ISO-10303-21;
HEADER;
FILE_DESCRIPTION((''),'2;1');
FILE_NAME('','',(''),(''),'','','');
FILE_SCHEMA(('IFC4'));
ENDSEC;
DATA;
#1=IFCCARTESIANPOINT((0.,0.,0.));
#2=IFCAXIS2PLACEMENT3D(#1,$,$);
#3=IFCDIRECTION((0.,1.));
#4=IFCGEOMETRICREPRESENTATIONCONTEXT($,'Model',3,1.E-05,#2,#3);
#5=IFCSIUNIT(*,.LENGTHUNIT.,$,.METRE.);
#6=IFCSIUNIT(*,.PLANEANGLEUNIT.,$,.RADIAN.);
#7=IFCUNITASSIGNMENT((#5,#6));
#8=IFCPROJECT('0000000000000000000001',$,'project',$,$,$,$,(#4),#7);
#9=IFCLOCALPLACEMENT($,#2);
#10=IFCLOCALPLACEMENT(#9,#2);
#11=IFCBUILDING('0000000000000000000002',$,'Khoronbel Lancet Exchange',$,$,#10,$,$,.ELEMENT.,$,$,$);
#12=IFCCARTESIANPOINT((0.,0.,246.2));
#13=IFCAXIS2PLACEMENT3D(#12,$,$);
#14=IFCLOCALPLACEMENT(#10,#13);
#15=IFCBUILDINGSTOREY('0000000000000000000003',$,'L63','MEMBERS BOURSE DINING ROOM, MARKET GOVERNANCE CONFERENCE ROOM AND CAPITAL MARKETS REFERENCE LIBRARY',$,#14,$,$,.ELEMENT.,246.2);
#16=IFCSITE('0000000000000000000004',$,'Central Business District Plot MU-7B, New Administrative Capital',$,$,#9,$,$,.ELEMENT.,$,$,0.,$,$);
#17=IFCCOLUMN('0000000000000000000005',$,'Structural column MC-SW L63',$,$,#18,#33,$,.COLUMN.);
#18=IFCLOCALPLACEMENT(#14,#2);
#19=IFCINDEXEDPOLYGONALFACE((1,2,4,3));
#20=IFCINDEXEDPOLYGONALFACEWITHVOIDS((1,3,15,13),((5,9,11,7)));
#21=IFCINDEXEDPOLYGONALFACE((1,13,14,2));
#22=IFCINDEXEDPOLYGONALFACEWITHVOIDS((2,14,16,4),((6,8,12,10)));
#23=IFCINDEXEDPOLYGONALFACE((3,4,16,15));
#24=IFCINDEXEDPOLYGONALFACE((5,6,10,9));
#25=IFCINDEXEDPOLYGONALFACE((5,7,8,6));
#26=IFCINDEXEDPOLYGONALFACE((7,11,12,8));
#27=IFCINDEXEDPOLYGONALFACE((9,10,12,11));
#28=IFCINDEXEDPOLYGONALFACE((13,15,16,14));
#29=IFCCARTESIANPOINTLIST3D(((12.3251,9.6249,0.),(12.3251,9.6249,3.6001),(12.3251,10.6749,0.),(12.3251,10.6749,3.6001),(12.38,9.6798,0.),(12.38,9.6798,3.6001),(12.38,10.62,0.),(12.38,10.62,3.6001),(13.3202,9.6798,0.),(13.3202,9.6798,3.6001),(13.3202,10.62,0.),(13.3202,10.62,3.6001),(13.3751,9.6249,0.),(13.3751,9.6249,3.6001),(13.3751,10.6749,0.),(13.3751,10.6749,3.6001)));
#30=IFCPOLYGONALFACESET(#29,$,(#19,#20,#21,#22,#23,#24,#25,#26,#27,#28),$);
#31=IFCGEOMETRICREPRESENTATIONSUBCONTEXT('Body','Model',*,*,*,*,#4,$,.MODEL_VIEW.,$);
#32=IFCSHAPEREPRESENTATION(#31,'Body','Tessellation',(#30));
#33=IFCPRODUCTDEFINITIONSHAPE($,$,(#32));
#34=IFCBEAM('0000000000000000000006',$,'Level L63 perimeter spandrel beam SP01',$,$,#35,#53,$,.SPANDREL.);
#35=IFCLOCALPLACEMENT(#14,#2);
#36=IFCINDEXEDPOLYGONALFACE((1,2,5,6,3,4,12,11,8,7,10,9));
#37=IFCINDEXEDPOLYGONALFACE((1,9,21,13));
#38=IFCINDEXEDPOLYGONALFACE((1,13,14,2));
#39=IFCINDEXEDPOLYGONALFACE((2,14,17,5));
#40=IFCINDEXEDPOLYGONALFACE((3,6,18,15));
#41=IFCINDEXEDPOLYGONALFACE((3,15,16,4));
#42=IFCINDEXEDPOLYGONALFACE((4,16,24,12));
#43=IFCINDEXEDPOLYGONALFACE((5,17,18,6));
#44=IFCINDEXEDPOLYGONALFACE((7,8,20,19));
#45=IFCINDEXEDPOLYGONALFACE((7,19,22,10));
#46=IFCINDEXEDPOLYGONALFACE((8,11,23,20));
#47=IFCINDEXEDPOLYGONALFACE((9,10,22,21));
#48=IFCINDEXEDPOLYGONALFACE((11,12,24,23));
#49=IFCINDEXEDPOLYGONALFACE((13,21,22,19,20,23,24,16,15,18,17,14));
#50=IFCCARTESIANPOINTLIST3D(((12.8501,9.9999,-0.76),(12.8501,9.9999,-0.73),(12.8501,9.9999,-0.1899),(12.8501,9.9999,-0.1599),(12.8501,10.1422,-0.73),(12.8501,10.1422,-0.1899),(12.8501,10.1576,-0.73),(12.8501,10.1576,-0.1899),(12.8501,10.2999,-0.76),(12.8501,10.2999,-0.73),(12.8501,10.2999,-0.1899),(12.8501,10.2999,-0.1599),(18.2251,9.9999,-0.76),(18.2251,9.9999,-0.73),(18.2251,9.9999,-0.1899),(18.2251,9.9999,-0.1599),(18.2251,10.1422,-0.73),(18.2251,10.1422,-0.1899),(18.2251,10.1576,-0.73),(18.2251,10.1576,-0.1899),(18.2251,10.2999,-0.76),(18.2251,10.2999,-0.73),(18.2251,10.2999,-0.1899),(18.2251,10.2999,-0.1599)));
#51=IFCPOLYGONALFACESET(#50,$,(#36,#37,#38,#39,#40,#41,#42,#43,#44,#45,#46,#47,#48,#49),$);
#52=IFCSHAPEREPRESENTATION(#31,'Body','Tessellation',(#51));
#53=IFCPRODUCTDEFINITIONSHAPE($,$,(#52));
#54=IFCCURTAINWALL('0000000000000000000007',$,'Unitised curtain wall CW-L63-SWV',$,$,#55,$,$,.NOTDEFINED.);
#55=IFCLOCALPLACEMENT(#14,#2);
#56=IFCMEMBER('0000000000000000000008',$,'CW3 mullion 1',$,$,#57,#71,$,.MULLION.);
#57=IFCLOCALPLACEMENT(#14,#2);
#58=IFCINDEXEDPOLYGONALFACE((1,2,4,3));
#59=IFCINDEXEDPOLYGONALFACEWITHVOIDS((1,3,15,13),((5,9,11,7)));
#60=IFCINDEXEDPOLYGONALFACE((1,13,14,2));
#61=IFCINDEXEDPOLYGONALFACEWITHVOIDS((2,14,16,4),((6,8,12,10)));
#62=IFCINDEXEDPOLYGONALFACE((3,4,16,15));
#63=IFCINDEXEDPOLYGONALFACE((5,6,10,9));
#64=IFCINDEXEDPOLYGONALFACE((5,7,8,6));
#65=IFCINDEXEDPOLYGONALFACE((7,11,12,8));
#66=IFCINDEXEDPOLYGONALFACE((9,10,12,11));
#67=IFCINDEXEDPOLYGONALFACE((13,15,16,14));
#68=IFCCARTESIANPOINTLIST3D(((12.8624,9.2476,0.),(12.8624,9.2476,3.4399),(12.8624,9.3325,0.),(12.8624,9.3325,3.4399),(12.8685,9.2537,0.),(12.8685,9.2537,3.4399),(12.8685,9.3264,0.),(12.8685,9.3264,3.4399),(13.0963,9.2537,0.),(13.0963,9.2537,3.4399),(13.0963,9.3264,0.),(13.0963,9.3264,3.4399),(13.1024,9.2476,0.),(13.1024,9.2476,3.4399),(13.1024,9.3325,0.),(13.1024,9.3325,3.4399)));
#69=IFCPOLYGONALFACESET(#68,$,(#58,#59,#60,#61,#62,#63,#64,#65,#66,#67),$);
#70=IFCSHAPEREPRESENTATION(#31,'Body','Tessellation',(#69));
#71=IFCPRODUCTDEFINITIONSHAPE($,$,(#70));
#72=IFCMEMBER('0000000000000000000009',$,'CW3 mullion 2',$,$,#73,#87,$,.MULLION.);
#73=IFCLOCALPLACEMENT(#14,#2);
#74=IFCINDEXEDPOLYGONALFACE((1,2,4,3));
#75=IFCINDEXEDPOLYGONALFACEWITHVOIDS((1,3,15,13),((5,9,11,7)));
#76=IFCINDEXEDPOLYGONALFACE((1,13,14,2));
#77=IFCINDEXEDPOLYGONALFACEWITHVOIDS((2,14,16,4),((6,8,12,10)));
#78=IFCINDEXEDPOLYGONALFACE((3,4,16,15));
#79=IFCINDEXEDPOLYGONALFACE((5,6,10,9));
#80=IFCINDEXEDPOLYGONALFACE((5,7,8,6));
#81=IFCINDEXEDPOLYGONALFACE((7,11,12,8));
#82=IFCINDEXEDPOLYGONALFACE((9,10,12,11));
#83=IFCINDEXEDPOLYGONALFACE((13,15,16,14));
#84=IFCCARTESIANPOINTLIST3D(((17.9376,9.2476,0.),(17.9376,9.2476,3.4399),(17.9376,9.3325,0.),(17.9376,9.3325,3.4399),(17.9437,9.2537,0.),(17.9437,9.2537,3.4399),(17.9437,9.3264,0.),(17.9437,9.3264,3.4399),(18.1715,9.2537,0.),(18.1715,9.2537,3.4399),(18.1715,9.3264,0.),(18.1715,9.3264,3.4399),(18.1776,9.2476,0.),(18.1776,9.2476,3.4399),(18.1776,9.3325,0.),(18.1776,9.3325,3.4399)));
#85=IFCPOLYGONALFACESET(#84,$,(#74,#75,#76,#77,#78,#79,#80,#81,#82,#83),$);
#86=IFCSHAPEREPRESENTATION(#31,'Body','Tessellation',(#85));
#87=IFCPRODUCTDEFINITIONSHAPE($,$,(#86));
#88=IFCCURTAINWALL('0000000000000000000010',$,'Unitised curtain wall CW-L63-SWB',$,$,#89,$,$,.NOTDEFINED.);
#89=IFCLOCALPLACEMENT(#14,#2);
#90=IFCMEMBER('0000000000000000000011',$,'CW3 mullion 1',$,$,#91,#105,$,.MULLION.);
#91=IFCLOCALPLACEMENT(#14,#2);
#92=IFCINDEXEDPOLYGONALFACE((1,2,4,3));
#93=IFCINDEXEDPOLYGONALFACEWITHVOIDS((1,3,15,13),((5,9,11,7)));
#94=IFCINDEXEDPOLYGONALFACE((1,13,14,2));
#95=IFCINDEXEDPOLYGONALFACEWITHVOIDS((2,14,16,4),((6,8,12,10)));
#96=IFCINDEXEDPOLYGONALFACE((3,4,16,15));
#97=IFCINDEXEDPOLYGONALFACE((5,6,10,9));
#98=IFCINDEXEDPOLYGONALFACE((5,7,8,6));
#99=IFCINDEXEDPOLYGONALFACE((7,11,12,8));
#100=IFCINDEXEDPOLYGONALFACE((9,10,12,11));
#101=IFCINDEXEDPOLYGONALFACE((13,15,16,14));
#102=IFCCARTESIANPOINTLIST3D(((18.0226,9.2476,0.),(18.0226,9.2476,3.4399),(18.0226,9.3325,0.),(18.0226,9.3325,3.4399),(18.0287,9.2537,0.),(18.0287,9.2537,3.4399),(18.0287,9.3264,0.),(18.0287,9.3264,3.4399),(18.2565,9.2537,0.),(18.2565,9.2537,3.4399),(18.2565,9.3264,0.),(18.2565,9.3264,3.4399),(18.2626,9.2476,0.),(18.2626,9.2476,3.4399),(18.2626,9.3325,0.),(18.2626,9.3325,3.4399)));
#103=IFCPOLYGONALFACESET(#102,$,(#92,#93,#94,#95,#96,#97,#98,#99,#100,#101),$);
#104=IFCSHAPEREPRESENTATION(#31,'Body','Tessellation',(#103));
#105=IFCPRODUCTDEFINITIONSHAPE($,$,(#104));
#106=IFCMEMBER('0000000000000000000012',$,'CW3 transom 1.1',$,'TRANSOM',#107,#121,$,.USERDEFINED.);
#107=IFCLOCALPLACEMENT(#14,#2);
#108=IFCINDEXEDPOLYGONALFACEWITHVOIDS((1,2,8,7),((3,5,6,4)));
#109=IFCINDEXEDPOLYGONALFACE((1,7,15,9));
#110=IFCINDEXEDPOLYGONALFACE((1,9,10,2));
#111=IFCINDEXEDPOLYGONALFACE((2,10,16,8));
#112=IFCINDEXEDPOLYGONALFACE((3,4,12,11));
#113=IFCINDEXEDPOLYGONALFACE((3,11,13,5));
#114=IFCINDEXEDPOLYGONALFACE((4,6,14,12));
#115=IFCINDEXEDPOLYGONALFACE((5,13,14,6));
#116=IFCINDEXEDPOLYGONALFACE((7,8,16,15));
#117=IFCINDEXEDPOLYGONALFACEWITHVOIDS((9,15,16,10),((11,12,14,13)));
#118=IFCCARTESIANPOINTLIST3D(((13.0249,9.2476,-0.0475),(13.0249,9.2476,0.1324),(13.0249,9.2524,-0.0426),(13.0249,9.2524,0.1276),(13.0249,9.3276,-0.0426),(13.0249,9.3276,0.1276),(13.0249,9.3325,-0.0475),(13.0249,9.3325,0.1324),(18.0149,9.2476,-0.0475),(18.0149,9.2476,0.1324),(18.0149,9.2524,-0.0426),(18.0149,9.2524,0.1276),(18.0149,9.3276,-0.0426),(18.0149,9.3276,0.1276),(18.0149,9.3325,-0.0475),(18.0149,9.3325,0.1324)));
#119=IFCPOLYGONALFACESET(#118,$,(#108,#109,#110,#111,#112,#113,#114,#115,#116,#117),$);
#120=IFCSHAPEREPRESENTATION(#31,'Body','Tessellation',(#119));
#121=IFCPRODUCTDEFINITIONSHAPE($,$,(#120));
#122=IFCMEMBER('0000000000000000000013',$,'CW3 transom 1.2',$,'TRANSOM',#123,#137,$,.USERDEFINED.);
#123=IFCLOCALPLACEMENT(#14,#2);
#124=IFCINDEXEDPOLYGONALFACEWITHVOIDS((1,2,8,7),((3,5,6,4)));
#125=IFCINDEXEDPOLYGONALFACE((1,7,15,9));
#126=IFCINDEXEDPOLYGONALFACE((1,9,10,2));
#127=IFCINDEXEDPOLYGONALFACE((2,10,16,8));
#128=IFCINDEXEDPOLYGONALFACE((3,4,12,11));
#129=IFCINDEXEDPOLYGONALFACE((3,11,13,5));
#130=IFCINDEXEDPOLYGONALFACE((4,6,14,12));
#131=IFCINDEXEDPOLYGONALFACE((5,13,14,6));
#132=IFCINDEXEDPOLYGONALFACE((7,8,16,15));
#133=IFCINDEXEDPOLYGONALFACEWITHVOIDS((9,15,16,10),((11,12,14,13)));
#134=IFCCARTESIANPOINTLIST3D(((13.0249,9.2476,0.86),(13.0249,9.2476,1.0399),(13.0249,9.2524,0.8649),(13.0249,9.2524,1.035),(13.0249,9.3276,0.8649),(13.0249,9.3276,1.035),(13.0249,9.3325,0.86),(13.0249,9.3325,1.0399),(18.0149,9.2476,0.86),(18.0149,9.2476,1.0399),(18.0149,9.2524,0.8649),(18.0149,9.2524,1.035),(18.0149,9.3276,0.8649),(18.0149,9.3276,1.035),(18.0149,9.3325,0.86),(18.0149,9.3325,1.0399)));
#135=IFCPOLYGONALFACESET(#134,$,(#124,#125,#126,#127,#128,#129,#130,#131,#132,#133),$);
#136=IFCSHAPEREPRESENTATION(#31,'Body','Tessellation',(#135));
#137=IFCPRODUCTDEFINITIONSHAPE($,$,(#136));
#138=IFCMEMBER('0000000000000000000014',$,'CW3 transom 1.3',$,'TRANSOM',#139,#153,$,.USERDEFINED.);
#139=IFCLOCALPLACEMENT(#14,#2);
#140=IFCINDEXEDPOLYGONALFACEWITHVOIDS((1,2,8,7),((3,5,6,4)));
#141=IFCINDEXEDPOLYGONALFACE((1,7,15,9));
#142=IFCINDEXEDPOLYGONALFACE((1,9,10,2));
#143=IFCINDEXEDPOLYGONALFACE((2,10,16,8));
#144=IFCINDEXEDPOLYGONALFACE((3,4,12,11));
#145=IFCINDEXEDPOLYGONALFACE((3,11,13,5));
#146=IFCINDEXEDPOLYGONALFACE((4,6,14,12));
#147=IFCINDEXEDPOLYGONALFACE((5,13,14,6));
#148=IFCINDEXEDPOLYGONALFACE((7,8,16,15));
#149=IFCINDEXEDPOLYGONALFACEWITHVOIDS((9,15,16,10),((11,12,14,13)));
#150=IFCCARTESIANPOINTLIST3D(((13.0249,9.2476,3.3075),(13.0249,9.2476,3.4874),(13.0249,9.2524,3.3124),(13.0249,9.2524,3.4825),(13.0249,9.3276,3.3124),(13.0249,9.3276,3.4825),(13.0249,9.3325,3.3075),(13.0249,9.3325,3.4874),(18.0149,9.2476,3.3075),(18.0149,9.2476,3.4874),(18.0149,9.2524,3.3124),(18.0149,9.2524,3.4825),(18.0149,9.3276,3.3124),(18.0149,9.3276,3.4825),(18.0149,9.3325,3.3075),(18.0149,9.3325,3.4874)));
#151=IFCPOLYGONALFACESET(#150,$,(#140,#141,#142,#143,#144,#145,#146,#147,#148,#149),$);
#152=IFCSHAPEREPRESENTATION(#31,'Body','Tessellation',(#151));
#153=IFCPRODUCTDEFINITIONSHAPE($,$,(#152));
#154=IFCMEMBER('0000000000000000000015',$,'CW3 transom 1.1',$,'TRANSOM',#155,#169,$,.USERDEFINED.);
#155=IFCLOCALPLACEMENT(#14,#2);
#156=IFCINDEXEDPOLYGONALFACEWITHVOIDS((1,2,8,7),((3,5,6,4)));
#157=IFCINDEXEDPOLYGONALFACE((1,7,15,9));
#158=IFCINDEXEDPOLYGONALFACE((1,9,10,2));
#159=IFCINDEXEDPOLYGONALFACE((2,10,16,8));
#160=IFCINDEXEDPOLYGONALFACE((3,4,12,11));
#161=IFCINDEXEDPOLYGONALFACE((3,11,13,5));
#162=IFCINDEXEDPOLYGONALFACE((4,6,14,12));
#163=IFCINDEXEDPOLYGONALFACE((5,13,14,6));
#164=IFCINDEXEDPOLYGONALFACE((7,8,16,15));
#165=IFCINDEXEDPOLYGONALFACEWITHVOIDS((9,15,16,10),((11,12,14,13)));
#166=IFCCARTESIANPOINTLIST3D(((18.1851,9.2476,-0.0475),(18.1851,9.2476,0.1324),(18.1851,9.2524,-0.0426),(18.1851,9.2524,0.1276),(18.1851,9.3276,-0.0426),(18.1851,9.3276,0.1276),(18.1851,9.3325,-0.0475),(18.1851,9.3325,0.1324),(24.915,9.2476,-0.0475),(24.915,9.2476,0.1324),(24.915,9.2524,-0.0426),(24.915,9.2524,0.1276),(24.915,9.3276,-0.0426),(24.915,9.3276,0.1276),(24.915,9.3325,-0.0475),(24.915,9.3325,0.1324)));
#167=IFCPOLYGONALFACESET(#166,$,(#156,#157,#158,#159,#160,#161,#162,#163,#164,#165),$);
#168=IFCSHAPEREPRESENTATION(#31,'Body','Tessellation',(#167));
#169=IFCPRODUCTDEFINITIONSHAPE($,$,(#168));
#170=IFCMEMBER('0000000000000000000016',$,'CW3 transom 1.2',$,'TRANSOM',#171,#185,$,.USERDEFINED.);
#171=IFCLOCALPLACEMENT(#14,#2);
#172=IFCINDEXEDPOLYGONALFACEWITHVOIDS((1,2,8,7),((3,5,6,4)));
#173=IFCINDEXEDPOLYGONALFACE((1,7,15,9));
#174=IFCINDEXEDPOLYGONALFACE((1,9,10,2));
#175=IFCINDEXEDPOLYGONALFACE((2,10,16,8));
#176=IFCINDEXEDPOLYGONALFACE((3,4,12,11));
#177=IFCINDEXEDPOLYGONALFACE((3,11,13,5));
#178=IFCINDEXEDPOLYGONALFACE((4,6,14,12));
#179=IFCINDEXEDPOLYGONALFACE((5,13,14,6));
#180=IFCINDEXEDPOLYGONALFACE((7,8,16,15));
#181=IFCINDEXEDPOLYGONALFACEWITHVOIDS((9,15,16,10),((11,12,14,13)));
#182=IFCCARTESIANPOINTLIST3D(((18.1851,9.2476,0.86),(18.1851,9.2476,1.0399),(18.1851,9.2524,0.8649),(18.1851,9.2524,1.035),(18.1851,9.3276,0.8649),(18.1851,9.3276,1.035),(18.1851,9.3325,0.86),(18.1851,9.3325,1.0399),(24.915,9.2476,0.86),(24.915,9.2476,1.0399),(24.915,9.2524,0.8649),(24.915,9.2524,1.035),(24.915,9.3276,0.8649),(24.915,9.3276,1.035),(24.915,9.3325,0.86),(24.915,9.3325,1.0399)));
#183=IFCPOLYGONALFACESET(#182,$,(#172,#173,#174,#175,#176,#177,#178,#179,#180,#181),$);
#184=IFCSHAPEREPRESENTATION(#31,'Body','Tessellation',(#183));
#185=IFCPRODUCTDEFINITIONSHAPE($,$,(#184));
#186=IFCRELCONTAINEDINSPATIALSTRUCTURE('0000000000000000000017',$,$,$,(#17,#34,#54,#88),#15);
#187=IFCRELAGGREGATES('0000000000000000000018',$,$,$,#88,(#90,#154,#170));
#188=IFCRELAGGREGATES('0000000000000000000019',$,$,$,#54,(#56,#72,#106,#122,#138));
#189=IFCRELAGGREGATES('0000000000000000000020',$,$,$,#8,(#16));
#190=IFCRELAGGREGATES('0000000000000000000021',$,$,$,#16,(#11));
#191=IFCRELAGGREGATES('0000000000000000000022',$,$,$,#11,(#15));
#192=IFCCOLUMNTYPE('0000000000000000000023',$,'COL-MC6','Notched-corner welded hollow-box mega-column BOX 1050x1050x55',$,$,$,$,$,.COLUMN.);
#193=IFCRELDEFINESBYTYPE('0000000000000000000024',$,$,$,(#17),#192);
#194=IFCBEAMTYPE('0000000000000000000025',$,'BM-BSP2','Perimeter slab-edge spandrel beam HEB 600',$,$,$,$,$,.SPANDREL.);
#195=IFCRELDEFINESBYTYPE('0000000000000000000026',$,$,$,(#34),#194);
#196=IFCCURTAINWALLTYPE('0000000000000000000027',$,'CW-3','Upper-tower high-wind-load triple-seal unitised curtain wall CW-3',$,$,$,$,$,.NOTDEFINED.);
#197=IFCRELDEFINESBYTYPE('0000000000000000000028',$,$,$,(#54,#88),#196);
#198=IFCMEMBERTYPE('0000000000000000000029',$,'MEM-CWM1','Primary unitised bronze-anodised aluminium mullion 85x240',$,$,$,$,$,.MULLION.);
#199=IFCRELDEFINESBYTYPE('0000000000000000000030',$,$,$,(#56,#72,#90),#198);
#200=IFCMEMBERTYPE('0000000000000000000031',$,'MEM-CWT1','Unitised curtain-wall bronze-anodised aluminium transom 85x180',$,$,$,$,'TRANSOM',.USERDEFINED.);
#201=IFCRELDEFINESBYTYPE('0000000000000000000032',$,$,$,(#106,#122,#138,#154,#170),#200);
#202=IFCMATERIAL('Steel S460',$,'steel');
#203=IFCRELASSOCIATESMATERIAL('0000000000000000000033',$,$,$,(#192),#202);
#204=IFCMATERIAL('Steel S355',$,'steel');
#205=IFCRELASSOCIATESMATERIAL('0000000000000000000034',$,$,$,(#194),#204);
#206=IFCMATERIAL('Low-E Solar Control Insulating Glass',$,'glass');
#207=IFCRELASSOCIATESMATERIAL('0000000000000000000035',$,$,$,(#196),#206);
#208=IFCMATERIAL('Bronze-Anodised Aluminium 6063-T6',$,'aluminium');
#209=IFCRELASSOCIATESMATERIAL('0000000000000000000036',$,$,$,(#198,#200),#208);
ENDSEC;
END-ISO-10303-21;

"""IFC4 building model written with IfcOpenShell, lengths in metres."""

from ifc_helpers import new_model, si_unit, direction, frame, origin, origin_2d, place, context, subcontext, project, spatial, hollow_rectangle, i_section, extrude, material, material_profile, profile_set, type_object, element, aggregate, save


model = new_model("IFC4")

# Units and contexts
model_context = context("Model", 3, precision=1e-05, world=origin(), true_north=direction((0.0, 1.0)))
body_context = subcontext(model_context, "Body", "Model", "MODEL_VIEW")
ifc_project = project(units=[si_unit("LENGTHUNIT", "METRE"), si_unit("PLANEANGLEUNIT", "RADIAN")], contexts=[model_context])

# Site, building, storey
site_placement = place(None, origin())
site = spatial("IfcSite", under=ifc_project, at=site_placement, Name="Central Business District Plot MU-7B, New Administrative Capital", CompositionType="ELEMENT", RefElevation=0.0)
building_placement = place(site_placement, origin())
building = spatial("IfcBuilding", under=site, at=building_placement, Name="Khoronbel Lancet Exchange", CompositionType="ELEMENT")
storey_placement = place(building_placement, frame((0.0, 0.0, 246.2)))
storey = spatial("IfcBuildingStorey", under=building, at=storey_placement, Name="L63", Description="MEMBERS BOURSE DINING ROOM, MARKET GOVERNANCE CONFERENCE ROOM AND CAPITAL MARKETS REFERENCE LIBRARY", CompositionType="ELEMENT", Elevation=246.2)

# Column
ifc_material_1 = material(Name="Steel S460", Category="steel")
ifc_material_profile_1 = material_profile(ifc_material_1, hollow_rectangle(XDim=1.05, YDim=1.05, WallThickness=0.0549, at=origin_2d()), Name="BOX 1050x1050x55")
ifc_profile_set_1 = profile_set([ifc_material_profile_1], Name="Steel S460")
column_type = type_object("IfcColumnType", Name="COL-MC6", Description="Notched-corner welded hollow-box mega-column BOX 1050x1050x55", PredefinedType="COLUMN", material=ifc_profile_set_1)
column_placement = place(storey_placement, frame((12.8501, 10.1499, 0.0), z_axis=(0.0, 0.0, 1.0), x_axis=(1.0, 0.0, 0.0)))
element("IfcColumn", 1, at=column_placement, inside=storey, type_object=column_type, Name="Structural column MC-SW L63", PredefinedType="COLUMN", context=body_context, shape_type="SweptSolid", body=[
    extrude(hollow_rectangle(XDim=1.05, YDim=1.05, WallThickness=0.0549, at=origin_2d()), origin(), (0.0, 0.0, 1.0), 3.6001),
])

# Beam
ifc_material_2 = material(Name="Steel S355", Category="steel")
ifc_material_profile_2 = material_profile(ifc_material_2, i_section(OverallWidth=0.3, OverallDepth=0.6001, WebThickness=0.0154, FlangeThickness=0.03, at=origin_2d()), Name="HEB 600")
ifc_profile_set_2 = profile_set([ifc_material_profile_2], Name="Steel S355")
beam_type = type_object("IfcBeamType", Name="BM-BSP2", Description="Perimeter slab-edge spandrel beam HEB 600", PredefinedType="SPANDREL", material=ifc_profile_set_2)
beam_placement = place(storey_placement, frame((12.8501, 10.1499, -0.46), z_axis=(1.0, 0.0, 0.0), x_axis=(0.0, 1.0, 0.0)))
element("IfcBeam", 2, at=beam_placement, inside=storey, type_object=beam_type, Name="Level L63 perimeter spandrel beam SP01", PredefinedType="SPANDREL", context=body_context, shape_type="SweptSolid", body=[
    extrude(i_section(OverallWidth=0.3, OverallDepth=0.6001, WebThickness=0.0154, FlangeThickness=0.03, at=origin_2d()), origin(), (0.0, 0.0, 1.0), 5.375),
])

# Curtain wall, members
ifc_material_3 = material(Name="Low-E Solar Control Insulating Glass", Category="glass")
curtain_wall_type = type_object("IfcCurtainWallType", Name="CW-3", Description="Upper-tower high-wind-load triple-seal unitised curtain wall CW-3", PredefinedType="NOTDEFINED", material=ifc_material_3)
curtain_wall_1_placement = place(storey_placement, origin())
curtain_wall_1 = element("IfcCurtainWall", 3, at=curtain_wall_1_placement, inside=storey, type_object=curtain_wall_type, Name="Unitised curtain wall CW-L63-SWV", PredefinedType="NOTDEFINED")
ifc_material_4 = material(Name="Bronze-Anodised Aluminium 6063-T6", Category="aluminium")
ifc_material_profile_3 = material_profile(ifc_material_4, hollow_rectangle(XDim=0.085, YDim=0.24, WallThickness=0.0061, at=origin_2d()), Name="ALU MULLION 85x240")
ifc_profile_set_3 = profile_set([ifc_material_profile_3], Name="Bronze-Anodised Aluminium 6063-T6")
member_type_1 = type_object("IfcMemberType", Name="MEM-CWM1", Description="Primary unitised bronze-anodised aluminium mullion 85x240", PredefinedType="MULLION", material=ifc_profile_set_3)
member_1_placement = place(storey_placement, frame((12.9824, 9.29, 0.0), z_axis=(0.0, 0.0, 1.0), x_axis=(0.0, 1.0, 0.0)))
member_1 = element("IfcMember", 4, at=member_1_placement, type_object=member_type_1, Name="CW3 mullion 1", PredefinedType="MULLION", context=body_context, shape_type="SweptSolid", body=[
    extrude(hollow_rectangle(XDim=0.085, YDim=0.24, WallThickness=0.0061, at=origin_2d()), origin(), (0.0, 0.0, 1.0), 3.4399),
])
member_2_placement = place(storey_placement, frame((18.0576, 9.29, 0.0), z_axis=(0.0, 0.0, 1.0), x_axis=(0.0, 1.0, 0.0)))
member_2 = element("IfcMember", 5, at=member_2_placement, type_object=member_type_1, Name="CW3 mullion 2", PredefinedType="MULLION", context=body_context, shape_type="SweptSolid", body=[
    extrude(hollow_rectangle(XDim=0.085, YDim=0.24, WallThickness=0.0061, at=origin_2d()), origin(), (0.0, 0.0, 1.0), 3.4399),
])

# Curtain wall, member
curtain_wall_2_placement = place(storey_placement, origin())
curtain_wall_2 = element("IfcCurtainWall", 6, at=curtain_wall_2_placement, inside=storey, type_object=curtain_wall_type, Name="Unitised curtain wall CW-L63-SWB", PredefinedType="NOTDEFINED")
member_3_placement = place(storey_placement, frame((18.1426, 9.29, 0.0), z_axis=(0.0, 0.0, 1.0), x_axis=(0.0, 1.0, 0.0)))
member_3 = element("IfcMember", 7, at=member_3_placement, type_object=member_type_1, Name="CW3 mullion 1", PredefinedType="MULLION", context=body_context, shape_type="SweptSolid", body=[
    extrude(hollow_rectangle(XDim=0.085, YDim=0.24, WallThickness=0.0061, at=origin_2d()), origin(), (0.0, 0.0, 1.0), 3.4399),
])

# Members
ifc_material_profile_4 = material_profile(ifc_material_4, hollow_rectangle(XDim=0.085, YDim=0.1799, WallThickness=0.0049, at=origin_2d()), Name="ALU TRANSOM 85x180")
ifc_profile_set_4 = profile_set([ifc_material_profile_4], Name="Bronze-Anodised Aluminium 6063-T6")
member_type_2 = type_object("IfcMemberType", Name="MEM-CWT1", Description="Unitised curtain-wall bronze-anodised aluminium transom 85x180", ElementType="TRANSOM", PredefinedType="USERDEFINED", material=ifc_profile_set_4)
member_4_placement = place(storey_placement, frame((13.0249, 9.29, 0.0425), z_axis=(1.0, 0.0, 0.0), x_axis=(0.0, 1.0, 0.0)))
member_4 = element("IfcMember", 8, at=member_4_placement, type_object=member_type_2, Name="CW3 transom 1.1", ObjectType="TRANSOM", PredefinedType="USERDEFINED", context=body_context, shape_type="SweptSolid", body=[
    extrude(hollow_rectangle(XDim=0.085, YDim=0.1799, WallThickness=0.0049, at=origin_2d()), origin(), (0.0, 0.0, 1.0), 4.99),
])
member_5_placement = place(storey_placement, frame((13.0249, 9.29, 0.95), z_axis=(1.0, 0.0, 0.0), x_axis=(0.0, 1.0, 0.0)))
member_5 = element("IfcMember", 9, at=member_5_placement, type_object=member_type_2, Name="CW3 transom 1.2", ObjectType="TRANSOM", PredefinedType="USERDEFINED", context=body_context, shape_type="SweptSolid", body=[
    extrude(hollow_rectangle(XDim=0.085, YDim=0.1799, WallThickness=0.0049, at=origin_2d()), origin(), (0.0, 0.0, 1.0), 4.99),
])
member_6_placement = place(storey_placement, frame((13.0249, 9.29, 3.3975), z_axis=(1.0, 0.0, 0.0), x_axis=(0.0, 1.0, 0.0)))
member_6 = element("IfcMember", 10, at=member_6_placement, type_object=member_type_2, Name="CW3 transom 1.3", ObjectType="TRANSOM", PredefinedType="USERDEFINED", context=body_context, shape_type="SweptSolid", body=[
    extrude(hollow_rectangle(XDim=0.085, YDim=0.1799, WallThickness=0.0049, at=origin_2d()), origin(), (0.0, 0.0, 1.0), 4.99),
])
member_7_placement = place(storey_placement, frame((18.1851, 9.29, 0.0425), z_axis=(1.0, 0.0, 0.0), x_axis=(0.0, 1.0, 0.0)))
member_7 = element("IfcMember", 11, at=member_7_placement, type_object=member_type_2, Name="CW3 transom 1.1", ObjectType="TRANSOM", PredefinedType="USERDEFINED", context=body_context, shape_type="SweptSolid", body=[
    extrude(hollow_rectangle(XDim=0.085, YDim=0.1799, WallThickness=0.0049, at=origin_2d()), origin(), (0.0, 0.0, 1.0), 6.73),
])
member_8_placement = place(storey_placement, frame((18.1851, 9.29, 0.95), z_axis=(1.0, 0.0, 0.0), x_axis=(0.0, 1.0, 0.0)))
member_8 = element("IfcMember", 12, at=member_8_placement, type_object=member_type_2, Name="CW3 transom 1.2", ObjectType="TRANSOM", PredefinedType="USERDEFINED", context=body_context, shape_type="SweptSolid", body=[
    extrude(hollow_rectangle(XDim=0.085, YDim=0.1799, WallThickness=0.0049, at=origin_2d()), origin(), (0.0, 0.0, 1.0), 6.73),
])
aggregate(curtain_wall_2, [member_3, member_7, member_8])

aggregate(curtain_wall_1, [member_1, member_2, member_4, member_5, member_6])

save(model, "model.ifc")
